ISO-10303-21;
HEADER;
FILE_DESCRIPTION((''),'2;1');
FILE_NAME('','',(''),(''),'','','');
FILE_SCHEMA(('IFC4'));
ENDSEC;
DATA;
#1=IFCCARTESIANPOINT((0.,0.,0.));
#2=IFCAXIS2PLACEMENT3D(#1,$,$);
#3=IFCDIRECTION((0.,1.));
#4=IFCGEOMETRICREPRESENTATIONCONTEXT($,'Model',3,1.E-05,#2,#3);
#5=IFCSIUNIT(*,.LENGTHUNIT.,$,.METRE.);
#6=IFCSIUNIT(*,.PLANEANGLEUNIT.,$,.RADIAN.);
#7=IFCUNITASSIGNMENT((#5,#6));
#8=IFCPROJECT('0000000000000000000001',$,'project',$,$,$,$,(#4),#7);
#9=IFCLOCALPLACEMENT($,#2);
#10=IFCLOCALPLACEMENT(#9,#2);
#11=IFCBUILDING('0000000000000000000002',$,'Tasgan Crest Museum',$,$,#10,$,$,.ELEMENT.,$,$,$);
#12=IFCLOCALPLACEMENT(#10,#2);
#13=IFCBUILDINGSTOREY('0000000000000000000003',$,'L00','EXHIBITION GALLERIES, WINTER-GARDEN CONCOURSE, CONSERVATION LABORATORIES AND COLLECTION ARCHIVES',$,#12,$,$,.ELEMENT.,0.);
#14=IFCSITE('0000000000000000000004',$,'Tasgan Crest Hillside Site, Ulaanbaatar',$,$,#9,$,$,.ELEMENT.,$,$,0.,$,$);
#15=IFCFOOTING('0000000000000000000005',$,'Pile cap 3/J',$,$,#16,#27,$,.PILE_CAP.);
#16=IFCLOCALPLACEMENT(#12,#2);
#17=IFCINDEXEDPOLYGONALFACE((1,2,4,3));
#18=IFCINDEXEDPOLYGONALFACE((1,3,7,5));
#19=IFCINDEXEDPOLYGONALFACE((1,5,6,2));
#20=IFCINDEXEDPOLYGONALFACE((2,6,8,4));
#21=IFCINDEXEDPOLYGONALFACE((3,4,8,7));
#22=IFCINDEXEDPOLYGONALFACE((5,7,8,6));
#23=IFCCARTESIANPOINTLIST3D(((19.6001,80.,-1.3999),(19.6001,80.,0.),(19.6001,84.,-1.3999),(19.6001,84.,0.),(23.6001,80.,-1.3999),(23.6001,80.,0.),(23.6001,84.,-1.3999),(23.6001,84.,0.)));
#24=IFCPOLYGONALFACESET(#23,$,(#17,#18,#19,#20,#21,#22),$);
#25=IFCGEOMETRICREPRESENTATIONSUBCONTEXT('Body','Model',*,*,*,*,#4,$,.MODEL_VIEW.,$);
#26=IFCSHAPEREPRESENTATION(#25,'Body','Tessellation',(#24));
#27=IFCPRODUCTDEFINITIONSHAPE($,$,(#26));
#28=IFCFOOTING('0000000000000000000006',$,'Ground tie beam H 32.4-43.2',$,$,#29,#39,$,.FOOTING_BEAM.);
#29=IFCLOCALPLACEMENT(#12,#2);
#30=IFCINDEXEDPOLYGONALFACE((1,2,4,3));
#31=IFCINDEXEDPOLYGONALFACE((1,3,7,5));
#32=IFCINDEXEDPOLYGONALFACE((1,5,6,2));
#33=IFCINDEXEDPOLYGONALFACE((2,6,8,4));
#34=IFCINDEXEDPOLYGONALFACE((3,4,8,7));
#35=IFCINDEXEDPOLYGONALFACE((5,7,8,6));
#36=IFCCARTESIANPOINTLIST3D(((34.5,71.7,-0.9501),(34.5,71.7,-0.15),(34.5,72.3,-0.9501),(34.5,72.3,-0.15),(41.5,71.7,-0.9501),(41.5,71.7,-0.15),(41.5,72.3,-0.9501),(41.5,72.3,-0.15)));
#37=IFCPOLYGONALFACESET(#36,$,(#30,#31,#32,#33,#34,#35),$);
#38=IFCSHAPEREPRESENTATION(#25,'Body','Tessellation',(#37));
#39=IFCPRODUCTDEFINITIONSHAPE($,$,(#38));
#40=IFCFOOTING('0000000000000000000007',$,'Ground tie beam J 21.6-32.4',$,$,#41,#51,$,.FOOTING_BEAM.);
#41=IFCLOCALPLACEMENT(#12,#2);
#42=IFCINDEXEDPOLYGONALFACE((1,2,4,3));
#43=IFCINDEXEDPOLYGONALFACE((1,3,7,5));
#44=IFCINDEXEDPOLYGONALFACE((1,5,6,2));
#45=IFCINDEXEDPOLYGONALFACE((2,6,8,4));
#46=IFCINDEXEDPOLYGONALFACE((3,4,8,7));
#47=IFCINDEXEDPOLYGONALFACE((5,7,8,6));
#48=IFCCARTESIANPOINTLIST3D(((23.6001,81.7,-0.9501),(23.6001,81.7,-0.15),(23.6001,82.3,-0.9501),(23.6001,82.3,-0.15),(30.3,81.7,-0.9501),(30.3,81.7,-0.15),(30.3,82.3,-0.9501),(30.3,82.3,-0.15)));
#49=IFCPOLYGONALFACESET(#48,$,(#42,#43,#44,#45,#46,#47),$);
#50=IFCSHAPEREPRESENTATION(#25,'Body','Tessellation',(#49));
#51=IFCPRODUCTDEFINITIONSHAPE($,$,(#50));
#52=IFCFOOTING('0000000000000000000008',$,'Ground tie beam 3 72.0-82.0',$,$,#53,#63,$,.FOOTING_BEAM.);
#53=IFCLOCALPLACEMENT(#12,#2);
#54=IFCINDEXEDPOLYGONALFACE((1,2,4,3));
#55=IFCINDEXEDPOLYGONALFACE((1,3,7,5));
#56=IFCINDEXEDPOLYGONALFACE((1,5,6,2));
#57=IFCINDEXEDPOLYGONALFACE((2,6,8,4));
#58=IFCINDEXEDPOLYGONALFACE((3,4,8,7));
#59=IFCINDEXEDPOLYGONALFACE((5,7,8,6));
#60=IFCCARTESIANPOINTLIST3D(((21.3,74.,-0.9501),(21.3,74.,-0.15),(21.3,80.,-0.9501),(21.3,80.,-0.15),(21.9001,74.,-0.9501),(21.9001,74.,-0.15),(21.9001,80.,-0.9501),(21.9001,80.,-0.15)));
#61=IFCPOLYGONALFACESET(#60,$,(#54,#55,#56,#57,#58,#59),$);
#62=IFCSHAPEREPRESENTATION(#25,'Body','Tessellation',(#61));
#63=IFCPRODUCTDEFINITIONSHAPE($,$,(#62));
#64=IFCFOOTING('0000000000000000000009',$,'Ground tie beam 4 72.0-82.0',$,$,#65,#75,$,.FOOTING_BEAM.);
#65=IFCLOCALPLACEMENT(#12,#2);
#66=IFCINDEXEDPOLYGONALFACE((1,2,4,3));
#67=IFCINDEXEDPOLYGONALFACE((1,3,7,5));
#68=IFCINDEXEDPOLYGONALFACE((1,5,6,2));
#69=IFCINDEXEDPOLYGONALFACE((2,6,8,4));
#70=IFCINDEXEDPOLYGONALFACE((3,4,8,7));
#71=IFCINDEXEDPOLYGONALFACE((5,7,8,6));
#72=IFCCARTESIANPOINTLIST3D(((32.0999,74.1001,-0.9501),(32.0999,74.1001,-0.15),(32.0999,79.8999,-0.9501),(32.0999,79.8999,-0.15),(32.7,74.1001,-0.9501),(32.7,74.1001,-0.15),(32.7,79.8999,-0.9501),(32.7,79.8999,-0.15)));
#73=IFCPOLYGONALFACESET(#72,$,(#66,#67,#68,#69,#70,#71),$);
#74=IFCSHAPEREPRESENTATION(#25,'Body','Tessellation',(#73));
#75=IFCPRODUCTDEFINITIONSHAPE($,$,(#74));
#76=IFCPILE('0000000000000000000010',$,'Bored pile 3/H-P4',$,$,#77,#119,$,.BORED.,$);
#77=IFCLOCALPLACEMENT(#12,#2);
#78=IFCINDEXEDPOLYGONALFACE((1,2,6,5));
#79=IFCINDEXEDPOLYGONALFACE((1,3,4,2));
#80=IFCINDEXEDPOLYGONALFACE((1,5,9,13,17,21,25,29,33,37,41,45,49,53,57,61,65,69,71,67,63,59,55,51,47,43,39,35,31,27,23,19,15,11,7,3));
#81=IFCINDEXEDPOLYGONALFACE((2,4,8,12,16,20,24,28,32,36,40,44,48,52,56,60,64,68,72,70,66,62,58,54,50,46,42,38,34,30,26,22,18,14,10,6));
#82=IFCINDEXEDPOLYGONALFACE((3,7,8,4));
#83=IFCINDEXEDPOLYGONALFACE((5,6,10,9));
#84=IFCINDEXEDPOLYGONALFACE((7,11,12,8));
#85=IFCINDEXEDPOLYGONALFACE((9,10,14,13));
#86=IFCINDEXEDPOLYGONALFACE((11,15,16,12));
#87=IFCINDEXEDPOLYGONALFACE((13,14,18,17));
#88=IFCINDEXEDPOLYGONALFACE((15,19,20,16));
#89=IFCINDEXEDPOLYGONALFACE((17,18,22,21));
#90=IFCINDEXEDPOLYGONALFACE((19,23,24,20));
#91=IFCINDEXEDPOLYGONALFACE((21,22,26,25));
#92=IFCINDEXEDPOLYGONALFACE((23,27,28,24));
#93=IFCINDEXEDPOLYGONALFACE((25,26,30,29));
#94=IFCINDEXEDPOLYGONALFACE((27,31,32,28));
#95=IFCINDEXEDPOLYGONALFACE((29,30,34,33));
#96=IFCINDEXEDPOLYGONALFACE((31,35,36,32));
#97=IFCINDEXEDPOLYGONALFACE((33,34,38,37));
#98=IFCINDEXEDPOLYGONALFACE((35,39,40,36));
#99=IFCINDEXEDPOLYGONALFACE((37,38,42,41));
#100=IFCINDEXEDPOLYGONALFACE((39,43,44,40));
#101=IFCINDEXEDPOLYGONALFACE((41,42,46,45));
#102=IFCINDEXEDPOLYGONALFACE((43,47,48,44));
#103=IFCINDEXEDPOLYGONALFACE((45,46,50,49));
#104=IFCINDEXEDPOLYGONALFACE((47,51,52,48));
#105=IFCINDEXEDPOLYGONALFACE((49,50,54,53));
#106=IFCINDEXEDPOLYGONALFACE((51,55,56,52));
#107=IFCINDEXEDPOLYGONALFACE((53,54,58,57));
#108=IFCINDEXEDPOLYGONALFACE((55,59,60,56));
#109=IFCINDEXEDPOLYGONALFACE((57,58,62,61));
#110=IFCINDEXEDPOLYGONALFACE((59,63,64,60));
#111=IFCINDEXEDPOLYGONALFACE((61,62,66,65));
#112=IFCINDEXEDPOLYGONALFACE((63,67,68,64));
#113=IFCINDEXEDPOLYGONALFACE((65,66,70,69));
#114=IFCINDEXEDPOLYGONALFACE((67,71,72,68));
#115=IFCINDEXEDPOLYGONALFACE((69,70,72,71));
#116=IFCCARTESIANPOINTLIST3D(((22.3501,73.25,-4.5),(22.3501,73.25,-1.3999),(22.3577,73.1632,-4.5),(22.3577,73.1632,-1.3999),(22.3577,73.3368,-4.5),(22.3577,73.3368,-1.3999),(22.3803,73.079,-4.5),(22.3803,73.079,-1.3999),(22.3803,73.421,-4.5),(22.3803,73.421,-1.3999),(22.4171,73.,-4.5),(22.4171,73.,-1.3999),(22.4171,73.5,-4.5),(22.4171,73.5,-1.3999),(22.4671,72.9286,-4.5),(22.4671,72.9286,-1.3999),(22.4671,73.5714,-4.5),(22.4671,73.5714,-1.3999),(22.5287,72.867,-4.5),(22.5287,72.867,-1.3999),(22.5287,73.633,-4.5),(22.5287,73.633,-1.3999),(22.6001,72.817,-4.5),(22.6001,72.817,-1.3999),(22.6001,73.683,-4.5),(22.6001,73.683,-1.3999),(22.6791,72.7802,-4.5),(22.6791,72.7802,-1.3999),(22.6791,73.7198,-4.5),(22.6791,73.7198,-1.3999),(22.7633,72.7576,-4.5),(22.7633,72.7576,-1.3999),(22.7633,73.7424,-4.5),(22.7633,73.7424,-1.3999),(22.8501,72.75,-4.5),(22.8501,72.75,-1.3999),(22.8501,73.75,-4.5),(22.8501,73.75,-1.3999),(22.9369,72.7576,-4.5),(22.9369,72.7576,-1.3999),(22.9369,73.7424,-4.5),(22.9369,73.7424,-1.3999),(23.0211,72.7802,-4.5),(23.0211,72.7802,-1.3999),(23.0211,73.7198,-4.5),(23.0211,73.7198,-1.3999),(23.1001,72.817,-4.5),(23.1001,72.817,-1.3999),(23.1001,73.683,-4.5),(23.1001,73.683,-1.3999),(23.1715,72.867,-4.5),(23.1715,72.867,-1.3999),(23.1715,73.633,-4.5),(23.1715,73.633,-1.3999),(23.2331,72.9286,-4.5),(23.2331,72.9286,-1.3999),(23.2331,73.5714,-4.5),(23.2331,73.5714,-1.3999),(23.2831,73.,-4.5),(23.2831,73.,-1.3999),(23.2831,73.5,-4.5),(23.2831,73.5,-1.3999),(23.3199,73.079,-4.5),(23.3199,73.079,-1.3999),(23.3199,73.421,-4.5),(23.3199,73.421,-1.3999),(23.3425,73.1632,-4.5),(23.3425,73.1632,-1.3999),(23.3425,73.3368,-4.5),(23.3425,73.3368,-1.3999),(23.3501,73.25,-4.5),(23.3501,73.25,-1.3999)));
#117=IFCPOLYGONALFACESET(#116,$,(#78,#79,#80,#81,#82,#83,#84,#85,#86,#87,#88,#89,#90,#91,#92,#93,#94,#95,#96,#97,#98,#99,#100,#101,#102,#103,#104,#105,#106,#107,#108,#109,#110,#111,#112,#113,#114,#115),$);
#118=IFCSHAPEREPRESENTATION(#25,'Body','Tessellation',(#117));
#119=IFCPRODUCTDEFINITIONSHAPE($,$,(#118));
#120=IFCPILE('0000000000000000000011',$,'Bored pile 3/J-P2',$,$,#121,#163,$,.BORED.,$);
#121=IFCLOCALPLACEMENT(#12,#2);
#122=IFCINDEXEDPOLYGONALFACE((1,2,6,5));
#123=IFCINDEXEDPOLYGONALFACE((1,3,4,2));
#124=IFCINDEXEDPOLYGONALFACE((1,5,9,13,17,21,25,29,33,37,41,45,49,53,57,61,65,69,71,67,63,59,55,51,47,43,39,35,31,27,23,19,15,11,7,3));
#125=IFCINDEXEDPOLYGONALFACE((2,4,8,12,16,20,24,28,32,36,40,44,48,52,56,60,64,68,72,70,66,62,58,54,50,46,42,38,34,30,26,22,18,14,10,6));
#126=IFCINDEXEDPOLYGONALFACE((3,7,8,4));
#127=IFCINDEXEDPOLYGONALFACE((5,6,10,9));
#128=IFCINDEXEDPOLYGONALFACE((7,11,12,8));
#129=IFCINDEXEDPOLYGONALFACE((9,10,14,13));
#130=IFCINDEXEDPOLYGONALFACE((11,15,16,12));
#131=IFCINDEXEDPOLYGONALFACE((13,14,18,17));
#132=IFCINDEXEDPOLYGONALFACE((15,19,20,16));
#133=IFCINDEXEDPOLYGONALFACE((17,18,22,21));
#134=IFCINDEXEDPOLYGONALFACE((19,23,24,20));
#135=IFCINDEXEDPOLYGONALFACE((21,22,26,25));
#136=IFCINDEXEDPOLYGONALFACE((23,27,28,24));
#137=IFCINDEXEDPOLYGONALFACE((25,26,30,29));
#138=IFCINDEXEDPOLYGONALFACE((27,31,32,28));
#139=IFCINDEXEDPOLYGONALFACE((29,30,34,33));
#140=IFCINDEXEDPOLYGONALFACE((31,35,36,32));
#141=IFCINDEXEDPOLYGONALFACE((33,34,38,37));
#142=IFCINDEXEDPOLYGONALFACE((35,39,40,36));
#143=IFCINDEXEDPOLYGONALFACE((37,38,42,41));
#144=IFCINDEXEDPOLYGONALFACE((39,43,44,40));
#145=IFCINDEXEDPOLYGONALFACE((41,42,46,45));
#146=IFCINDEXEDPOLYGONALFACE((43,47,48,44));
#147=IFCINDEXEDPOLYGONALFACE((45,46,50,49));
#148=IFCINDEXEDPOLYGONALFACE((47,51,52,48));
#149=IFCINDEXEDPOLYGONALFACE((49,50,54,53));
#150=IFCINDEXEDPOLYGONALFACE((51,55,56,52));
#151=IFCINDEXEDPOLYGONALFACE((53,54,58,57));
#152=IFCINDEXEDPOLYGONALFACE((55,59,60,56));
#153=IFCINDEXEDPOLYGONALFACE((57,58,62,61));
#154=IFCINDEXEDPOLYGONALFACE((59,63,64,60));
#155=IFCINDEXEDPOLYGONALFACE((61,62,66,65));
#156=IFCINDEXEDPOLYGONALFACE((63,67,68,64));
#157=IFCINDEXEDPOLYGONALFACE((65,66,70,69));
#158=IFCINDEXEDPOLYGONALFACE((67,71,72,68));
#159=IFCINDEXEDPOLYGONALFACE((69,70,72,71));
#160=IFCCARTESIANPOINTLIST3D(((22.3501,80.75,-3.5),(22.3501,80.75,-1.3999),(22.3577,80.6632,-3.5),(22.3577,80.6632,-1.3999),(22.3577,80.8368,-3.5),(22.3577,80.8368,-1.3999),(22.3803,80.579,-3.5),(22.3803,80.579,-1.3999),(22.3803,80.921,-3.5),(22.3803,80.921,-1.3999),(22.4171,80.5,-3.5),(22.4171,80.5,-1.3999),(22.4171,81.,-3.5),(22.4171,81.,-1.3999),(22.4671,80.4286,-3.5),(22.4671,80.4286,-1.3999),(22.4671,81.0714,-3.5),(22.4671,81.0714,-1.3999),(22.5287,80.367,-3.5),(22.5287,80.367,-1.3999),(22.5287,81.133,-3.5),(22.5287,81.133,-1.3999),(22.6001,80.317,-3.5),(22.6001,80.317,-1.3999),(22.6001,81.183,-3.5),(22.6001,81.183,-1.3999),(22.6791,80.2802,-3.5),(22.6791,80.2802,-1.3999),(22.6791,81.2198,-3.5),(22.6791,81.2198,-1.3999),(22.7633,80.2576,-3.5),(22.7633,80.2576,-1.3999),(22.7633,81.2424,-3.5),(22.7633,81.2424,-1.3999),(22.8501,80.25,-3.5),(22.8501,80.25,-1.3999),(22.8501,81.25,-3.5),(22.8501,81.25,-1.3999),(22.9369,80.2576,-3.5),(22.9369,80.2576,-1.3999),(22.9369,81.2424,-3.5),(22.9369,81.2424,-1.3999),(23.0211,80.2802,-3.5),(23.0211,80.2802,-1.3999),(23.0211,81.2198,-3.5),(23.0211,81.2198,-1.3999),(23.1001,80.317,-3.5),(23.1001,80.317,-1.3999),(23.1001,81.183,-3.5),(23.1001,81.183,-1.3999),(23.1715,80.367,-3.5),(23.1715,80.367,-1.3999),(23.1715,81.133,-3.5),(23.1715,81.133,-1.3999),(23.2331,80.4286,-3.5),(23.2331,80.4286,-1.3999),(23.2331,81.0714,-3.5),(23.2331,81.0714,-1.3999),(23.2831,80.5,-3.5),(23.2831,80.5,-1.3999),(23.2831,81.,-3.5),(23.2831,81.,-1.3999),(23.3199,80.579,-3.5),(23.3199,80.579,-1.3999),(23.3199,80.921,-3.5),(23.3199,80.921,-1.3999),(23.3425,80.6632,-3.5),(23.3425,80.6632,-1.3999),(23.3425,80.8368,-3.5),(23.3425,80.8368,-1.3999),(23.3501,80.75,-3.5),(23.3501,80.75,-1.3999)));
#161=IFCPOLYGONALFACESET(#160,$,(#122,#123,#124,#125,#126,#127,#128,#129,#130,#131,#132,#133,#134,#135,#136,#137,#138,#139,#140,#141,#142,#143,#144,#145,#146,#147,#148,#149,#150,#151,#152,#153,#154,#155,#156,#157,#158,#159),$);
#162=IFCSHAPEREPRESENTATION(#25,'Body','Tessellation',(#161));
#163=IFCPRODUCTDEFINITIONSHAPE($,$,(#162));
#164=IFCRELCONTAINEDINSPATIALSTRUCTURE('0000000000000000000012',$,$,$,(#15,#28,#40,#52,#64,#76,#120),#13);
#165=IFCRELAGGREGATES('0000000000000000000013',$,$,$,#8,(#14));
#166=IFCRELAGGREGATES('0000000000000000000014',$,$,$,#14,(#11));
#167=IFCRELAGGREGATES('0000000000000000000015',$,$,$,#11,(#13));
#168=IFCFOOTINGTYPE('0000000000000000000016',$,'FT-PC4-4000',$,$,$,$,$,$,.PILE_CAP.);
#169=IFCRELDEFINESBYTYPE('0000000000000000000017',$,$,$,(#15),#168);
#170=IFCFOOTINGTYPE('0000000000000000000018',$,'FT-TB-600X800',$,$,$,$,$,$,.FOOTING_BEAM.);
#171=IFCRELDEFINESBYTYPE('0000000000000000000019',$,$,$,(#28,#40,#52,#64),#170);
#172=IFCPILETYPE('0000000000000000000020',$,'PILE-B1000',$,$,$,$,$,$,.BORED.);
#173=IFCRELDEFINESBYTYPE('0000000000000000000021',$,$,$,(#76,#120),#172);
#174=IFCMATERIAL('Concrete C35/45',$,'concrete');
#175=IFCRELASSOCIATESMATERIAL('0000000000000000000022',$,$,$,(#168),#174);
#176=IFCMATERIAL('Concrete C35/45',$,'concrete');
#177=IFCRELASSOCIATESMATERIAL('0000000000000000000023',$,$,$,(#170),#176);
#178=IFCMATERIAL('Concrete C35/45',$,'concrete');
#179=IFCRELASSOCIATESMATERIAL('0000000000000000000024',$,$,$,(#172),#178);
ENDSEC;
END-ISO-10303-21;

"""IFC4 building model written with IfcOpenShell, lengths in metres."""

from ifc_helpers import new_model, si_unit, direction, frame, origin, origin_2d, place, context, subcontext, project, spatial, rectangle, circle, extrude, material, material_profile, profile_set, type_object, element, save


model = new_model("IFC4")

# Units and contexts
model_context = context("Model", 3, precision=1e-05, world=origin(), true_north=direction((0.0, 1.0)))
body_context = subcontext(model_context, "Body", "Model", "MODEL_VIEW")
ifc_project = project(units=[si_unit("LENGTHUNIT", "METRE"), si_unit("PLANEANGLEUNIT", "RADIAN")], contexts=[model_context])

# Site, building, storey
site_placement = place(None, origin())
site = spatial("IfcSite", under=ifc_project, at=site_placement, Name="Tasgan Crest Hillside Site, Ulaanbaatar", CompositionType="ELEMENT", RefElevation=0.0)
building_placement = place(site_placement, origin())
building = spatial("IfcBuilding", under=site, at=building_placement, Name="Tasgan Crest Museum", CompositionType="ELEMENT")
storey_placement = place(building_placement, origin())
storey = spatial("IfcBuildingStorey", under=building, at=storey_placement, Name="L00", Description="EXHIBITION GALLERIES, WINTER-GARDEN CONCOURSE, CONSERVATION LABORATORIES AND COLLECTION ARCHIVES", CompositionType="ELEMENT", Elevation=0.0)

# Footings
ifc_material_1 = material(Name="Concrete C35/45", Category="concrete")
footing_type_1 = type_object("IfcFootingType", Name="FT-PC4-4000", PredefinedType="PILE_CAP", material=ifc_material_1)
footing_1_placement = place(storey_placement, frame((21.6001, 82.0, -1.3999), z_axis=(0.0, 0.0, 1.0), x_axis=(1.0, 0.0, 0.0)))
element("IfcFooting", 1, at=footing_1_placement, inside=storey, type_object=footing_type_1, Name="Pile cap 3/J", PredefinedType="PILE_CAP", context=body_context, shape_type="SweptSolid", body=[
    extrude(rectangle(XDim=4.0, YDim=4.0, at=origin_2d()), origin(), (0.0, 0.0, 1.0), 1.3999),
])
ifc_material_2 = material(Name="Concrete C35/45", Category="concrete")
ifc_material_profile_1 = material_profile(ifc_material_2, rectangle(XDim=0.6001, YDim=0.8, at=origin_2d()), Name="TB 600x800")
ifc_profile_set_1 = profile_set([ifc_material_profile_1], Name="Concrete C35/45")
footing_type_2 = type_object("IfcFootingType", Name="FT-TB-600X800", PredefinedType="FOOTING_BEAM", material=ifc_profile_set_1)
footing_2_placement = place(storey_placement, frame((34.5, 72.0, -0.55), z_axis=(1.0, 0.0, 0.0), x_axis=(0.0, 1.0, 0.0)))
element("IfcFooting", 2, at=footing_2_placement, inside=storey, type_object=footing_type_2, Name="Ground tie beam H 32.4-43.2", PredefinedType="FOOTING_BEAM", context=body_context, shape_type="SweptSolid", body=[
    extrude(rectangle(XDim=0.6001, YDim=0.8, at=origin_2d()), origin(), (0.0, 0.0, 1.0), 7.0),
])
footing_3_placement = place(storey_placement, frame((23.6001, 82.0, -0.55), z_axis=(1.0, 0.0, 0.0), x_axis=(0.0, 1.0, 0.0)))
element("IfcFooting", 3, at=footing_3_placement, inside=storey, type_object=footing_type_2, Name="Ground tie beam J 21.6-32.4", PredefinedType="FOOTING_BEAM", context=body_context, shape_type="SweptSolid", body=[
    extrude(rectangle(XDim=0.6001, YDim=0.8, at=origin_2d()), origin(), (0.0, 0.0, 1.0), 6.7),
])
footing_4_placement = place(storey_placement, frame((21.6001, 74.0, -0.55), z_axis=(0.0, 1.0, 0.0), x_axis=(-1.0, 0.0, 0.0)))
element("IfcFooting", 4, at=footing_4_placement, inside=storey, type_object=footing_type_2, Name="Ground tie beam 3 72.0-82.0", PredefinedType="FOOTING_BEAM", context=body_context, shape_type="SweptSolid", body=[
    extrude(rectangle(XDim=0.6001, YDim=0.8, at=origin_2d()), origin(), (0.0, 0.0, 1.0), 6.0),
])
footing_5_placement = place(storey_placement, frame((32.3999, 74.1001, -0.55), z_axis=(0.0, 1.0, 0.0), x_axis=(-1.0, 0.0, 0.0)))
element("IfcFooting", 5, at=footing_5_placement, inside=storey, type_object=footing_type_2, Name="Ground tie beam 4 72.0-82.0", PredefinedType="FOOTING_BEAM", context=body_context, shape_type="SweptSolid", body=[
    extrude(rectangle(XDim=0.6001, YDim=0.8, at=origin_2d()), origin(), (0.0, 0.0, 1.0), 5.7998),
])

# Piles
ifc_material_3 = material(Name="Concrete C35/45", Category="concrete")
ifc_material_profile_2 = material_profile(ifc_material_3, circle(Radius=0.5, at=origin_2d()), Name="PILE D1000")
ifc_profile_set_2 = profile_set([ifc_material_profile_2], Name="Concrete C35/45")
pile_type = type_object("IfcPileType", Name="PILE-B1000", PredefinedType="BORED", material=ifc_profile_set_2)
pile_1_placement = place(storey_placement, frame((22.8501, 73.25, -1.3999), z_axis=(0.0, 0.0, -1.0), x_axis=(1.0, 0.0, 0.0)))
element("IfcPile", 6, at=pile_1_placement, inside=storey, type_object=pile_type, Name="Bored pile 3/H-P4", PredefinedType="BORED", context=body_context, shape_type="SweptSolid", body=[
    extrude(circle(Radius=0.5, at=origin_2d()), origin(), (0.0, 0.0, 1.0), 3.1001),
])
pile_2_placement = place(storey_placement, frame((22.8501, 80.75, -1.3999), z_axis=(0.0, 0.0, -1.0), x_axis=(1.0, 0.0, 0.0)))
element("IfcPile", 7, at=pile_2_placement, inside=storey, type_object=pile_type, Name="Bored pile 3/J-P2", PredefinedType="BORED", context=body_context, shape_type="SweptSolid", body=[
    extrude(circle(Radius=0.5, at=origin_2d()), origin(), (0.0, 0.0, 1.0), 2.1001),
])

save(model, "model.ifc")
